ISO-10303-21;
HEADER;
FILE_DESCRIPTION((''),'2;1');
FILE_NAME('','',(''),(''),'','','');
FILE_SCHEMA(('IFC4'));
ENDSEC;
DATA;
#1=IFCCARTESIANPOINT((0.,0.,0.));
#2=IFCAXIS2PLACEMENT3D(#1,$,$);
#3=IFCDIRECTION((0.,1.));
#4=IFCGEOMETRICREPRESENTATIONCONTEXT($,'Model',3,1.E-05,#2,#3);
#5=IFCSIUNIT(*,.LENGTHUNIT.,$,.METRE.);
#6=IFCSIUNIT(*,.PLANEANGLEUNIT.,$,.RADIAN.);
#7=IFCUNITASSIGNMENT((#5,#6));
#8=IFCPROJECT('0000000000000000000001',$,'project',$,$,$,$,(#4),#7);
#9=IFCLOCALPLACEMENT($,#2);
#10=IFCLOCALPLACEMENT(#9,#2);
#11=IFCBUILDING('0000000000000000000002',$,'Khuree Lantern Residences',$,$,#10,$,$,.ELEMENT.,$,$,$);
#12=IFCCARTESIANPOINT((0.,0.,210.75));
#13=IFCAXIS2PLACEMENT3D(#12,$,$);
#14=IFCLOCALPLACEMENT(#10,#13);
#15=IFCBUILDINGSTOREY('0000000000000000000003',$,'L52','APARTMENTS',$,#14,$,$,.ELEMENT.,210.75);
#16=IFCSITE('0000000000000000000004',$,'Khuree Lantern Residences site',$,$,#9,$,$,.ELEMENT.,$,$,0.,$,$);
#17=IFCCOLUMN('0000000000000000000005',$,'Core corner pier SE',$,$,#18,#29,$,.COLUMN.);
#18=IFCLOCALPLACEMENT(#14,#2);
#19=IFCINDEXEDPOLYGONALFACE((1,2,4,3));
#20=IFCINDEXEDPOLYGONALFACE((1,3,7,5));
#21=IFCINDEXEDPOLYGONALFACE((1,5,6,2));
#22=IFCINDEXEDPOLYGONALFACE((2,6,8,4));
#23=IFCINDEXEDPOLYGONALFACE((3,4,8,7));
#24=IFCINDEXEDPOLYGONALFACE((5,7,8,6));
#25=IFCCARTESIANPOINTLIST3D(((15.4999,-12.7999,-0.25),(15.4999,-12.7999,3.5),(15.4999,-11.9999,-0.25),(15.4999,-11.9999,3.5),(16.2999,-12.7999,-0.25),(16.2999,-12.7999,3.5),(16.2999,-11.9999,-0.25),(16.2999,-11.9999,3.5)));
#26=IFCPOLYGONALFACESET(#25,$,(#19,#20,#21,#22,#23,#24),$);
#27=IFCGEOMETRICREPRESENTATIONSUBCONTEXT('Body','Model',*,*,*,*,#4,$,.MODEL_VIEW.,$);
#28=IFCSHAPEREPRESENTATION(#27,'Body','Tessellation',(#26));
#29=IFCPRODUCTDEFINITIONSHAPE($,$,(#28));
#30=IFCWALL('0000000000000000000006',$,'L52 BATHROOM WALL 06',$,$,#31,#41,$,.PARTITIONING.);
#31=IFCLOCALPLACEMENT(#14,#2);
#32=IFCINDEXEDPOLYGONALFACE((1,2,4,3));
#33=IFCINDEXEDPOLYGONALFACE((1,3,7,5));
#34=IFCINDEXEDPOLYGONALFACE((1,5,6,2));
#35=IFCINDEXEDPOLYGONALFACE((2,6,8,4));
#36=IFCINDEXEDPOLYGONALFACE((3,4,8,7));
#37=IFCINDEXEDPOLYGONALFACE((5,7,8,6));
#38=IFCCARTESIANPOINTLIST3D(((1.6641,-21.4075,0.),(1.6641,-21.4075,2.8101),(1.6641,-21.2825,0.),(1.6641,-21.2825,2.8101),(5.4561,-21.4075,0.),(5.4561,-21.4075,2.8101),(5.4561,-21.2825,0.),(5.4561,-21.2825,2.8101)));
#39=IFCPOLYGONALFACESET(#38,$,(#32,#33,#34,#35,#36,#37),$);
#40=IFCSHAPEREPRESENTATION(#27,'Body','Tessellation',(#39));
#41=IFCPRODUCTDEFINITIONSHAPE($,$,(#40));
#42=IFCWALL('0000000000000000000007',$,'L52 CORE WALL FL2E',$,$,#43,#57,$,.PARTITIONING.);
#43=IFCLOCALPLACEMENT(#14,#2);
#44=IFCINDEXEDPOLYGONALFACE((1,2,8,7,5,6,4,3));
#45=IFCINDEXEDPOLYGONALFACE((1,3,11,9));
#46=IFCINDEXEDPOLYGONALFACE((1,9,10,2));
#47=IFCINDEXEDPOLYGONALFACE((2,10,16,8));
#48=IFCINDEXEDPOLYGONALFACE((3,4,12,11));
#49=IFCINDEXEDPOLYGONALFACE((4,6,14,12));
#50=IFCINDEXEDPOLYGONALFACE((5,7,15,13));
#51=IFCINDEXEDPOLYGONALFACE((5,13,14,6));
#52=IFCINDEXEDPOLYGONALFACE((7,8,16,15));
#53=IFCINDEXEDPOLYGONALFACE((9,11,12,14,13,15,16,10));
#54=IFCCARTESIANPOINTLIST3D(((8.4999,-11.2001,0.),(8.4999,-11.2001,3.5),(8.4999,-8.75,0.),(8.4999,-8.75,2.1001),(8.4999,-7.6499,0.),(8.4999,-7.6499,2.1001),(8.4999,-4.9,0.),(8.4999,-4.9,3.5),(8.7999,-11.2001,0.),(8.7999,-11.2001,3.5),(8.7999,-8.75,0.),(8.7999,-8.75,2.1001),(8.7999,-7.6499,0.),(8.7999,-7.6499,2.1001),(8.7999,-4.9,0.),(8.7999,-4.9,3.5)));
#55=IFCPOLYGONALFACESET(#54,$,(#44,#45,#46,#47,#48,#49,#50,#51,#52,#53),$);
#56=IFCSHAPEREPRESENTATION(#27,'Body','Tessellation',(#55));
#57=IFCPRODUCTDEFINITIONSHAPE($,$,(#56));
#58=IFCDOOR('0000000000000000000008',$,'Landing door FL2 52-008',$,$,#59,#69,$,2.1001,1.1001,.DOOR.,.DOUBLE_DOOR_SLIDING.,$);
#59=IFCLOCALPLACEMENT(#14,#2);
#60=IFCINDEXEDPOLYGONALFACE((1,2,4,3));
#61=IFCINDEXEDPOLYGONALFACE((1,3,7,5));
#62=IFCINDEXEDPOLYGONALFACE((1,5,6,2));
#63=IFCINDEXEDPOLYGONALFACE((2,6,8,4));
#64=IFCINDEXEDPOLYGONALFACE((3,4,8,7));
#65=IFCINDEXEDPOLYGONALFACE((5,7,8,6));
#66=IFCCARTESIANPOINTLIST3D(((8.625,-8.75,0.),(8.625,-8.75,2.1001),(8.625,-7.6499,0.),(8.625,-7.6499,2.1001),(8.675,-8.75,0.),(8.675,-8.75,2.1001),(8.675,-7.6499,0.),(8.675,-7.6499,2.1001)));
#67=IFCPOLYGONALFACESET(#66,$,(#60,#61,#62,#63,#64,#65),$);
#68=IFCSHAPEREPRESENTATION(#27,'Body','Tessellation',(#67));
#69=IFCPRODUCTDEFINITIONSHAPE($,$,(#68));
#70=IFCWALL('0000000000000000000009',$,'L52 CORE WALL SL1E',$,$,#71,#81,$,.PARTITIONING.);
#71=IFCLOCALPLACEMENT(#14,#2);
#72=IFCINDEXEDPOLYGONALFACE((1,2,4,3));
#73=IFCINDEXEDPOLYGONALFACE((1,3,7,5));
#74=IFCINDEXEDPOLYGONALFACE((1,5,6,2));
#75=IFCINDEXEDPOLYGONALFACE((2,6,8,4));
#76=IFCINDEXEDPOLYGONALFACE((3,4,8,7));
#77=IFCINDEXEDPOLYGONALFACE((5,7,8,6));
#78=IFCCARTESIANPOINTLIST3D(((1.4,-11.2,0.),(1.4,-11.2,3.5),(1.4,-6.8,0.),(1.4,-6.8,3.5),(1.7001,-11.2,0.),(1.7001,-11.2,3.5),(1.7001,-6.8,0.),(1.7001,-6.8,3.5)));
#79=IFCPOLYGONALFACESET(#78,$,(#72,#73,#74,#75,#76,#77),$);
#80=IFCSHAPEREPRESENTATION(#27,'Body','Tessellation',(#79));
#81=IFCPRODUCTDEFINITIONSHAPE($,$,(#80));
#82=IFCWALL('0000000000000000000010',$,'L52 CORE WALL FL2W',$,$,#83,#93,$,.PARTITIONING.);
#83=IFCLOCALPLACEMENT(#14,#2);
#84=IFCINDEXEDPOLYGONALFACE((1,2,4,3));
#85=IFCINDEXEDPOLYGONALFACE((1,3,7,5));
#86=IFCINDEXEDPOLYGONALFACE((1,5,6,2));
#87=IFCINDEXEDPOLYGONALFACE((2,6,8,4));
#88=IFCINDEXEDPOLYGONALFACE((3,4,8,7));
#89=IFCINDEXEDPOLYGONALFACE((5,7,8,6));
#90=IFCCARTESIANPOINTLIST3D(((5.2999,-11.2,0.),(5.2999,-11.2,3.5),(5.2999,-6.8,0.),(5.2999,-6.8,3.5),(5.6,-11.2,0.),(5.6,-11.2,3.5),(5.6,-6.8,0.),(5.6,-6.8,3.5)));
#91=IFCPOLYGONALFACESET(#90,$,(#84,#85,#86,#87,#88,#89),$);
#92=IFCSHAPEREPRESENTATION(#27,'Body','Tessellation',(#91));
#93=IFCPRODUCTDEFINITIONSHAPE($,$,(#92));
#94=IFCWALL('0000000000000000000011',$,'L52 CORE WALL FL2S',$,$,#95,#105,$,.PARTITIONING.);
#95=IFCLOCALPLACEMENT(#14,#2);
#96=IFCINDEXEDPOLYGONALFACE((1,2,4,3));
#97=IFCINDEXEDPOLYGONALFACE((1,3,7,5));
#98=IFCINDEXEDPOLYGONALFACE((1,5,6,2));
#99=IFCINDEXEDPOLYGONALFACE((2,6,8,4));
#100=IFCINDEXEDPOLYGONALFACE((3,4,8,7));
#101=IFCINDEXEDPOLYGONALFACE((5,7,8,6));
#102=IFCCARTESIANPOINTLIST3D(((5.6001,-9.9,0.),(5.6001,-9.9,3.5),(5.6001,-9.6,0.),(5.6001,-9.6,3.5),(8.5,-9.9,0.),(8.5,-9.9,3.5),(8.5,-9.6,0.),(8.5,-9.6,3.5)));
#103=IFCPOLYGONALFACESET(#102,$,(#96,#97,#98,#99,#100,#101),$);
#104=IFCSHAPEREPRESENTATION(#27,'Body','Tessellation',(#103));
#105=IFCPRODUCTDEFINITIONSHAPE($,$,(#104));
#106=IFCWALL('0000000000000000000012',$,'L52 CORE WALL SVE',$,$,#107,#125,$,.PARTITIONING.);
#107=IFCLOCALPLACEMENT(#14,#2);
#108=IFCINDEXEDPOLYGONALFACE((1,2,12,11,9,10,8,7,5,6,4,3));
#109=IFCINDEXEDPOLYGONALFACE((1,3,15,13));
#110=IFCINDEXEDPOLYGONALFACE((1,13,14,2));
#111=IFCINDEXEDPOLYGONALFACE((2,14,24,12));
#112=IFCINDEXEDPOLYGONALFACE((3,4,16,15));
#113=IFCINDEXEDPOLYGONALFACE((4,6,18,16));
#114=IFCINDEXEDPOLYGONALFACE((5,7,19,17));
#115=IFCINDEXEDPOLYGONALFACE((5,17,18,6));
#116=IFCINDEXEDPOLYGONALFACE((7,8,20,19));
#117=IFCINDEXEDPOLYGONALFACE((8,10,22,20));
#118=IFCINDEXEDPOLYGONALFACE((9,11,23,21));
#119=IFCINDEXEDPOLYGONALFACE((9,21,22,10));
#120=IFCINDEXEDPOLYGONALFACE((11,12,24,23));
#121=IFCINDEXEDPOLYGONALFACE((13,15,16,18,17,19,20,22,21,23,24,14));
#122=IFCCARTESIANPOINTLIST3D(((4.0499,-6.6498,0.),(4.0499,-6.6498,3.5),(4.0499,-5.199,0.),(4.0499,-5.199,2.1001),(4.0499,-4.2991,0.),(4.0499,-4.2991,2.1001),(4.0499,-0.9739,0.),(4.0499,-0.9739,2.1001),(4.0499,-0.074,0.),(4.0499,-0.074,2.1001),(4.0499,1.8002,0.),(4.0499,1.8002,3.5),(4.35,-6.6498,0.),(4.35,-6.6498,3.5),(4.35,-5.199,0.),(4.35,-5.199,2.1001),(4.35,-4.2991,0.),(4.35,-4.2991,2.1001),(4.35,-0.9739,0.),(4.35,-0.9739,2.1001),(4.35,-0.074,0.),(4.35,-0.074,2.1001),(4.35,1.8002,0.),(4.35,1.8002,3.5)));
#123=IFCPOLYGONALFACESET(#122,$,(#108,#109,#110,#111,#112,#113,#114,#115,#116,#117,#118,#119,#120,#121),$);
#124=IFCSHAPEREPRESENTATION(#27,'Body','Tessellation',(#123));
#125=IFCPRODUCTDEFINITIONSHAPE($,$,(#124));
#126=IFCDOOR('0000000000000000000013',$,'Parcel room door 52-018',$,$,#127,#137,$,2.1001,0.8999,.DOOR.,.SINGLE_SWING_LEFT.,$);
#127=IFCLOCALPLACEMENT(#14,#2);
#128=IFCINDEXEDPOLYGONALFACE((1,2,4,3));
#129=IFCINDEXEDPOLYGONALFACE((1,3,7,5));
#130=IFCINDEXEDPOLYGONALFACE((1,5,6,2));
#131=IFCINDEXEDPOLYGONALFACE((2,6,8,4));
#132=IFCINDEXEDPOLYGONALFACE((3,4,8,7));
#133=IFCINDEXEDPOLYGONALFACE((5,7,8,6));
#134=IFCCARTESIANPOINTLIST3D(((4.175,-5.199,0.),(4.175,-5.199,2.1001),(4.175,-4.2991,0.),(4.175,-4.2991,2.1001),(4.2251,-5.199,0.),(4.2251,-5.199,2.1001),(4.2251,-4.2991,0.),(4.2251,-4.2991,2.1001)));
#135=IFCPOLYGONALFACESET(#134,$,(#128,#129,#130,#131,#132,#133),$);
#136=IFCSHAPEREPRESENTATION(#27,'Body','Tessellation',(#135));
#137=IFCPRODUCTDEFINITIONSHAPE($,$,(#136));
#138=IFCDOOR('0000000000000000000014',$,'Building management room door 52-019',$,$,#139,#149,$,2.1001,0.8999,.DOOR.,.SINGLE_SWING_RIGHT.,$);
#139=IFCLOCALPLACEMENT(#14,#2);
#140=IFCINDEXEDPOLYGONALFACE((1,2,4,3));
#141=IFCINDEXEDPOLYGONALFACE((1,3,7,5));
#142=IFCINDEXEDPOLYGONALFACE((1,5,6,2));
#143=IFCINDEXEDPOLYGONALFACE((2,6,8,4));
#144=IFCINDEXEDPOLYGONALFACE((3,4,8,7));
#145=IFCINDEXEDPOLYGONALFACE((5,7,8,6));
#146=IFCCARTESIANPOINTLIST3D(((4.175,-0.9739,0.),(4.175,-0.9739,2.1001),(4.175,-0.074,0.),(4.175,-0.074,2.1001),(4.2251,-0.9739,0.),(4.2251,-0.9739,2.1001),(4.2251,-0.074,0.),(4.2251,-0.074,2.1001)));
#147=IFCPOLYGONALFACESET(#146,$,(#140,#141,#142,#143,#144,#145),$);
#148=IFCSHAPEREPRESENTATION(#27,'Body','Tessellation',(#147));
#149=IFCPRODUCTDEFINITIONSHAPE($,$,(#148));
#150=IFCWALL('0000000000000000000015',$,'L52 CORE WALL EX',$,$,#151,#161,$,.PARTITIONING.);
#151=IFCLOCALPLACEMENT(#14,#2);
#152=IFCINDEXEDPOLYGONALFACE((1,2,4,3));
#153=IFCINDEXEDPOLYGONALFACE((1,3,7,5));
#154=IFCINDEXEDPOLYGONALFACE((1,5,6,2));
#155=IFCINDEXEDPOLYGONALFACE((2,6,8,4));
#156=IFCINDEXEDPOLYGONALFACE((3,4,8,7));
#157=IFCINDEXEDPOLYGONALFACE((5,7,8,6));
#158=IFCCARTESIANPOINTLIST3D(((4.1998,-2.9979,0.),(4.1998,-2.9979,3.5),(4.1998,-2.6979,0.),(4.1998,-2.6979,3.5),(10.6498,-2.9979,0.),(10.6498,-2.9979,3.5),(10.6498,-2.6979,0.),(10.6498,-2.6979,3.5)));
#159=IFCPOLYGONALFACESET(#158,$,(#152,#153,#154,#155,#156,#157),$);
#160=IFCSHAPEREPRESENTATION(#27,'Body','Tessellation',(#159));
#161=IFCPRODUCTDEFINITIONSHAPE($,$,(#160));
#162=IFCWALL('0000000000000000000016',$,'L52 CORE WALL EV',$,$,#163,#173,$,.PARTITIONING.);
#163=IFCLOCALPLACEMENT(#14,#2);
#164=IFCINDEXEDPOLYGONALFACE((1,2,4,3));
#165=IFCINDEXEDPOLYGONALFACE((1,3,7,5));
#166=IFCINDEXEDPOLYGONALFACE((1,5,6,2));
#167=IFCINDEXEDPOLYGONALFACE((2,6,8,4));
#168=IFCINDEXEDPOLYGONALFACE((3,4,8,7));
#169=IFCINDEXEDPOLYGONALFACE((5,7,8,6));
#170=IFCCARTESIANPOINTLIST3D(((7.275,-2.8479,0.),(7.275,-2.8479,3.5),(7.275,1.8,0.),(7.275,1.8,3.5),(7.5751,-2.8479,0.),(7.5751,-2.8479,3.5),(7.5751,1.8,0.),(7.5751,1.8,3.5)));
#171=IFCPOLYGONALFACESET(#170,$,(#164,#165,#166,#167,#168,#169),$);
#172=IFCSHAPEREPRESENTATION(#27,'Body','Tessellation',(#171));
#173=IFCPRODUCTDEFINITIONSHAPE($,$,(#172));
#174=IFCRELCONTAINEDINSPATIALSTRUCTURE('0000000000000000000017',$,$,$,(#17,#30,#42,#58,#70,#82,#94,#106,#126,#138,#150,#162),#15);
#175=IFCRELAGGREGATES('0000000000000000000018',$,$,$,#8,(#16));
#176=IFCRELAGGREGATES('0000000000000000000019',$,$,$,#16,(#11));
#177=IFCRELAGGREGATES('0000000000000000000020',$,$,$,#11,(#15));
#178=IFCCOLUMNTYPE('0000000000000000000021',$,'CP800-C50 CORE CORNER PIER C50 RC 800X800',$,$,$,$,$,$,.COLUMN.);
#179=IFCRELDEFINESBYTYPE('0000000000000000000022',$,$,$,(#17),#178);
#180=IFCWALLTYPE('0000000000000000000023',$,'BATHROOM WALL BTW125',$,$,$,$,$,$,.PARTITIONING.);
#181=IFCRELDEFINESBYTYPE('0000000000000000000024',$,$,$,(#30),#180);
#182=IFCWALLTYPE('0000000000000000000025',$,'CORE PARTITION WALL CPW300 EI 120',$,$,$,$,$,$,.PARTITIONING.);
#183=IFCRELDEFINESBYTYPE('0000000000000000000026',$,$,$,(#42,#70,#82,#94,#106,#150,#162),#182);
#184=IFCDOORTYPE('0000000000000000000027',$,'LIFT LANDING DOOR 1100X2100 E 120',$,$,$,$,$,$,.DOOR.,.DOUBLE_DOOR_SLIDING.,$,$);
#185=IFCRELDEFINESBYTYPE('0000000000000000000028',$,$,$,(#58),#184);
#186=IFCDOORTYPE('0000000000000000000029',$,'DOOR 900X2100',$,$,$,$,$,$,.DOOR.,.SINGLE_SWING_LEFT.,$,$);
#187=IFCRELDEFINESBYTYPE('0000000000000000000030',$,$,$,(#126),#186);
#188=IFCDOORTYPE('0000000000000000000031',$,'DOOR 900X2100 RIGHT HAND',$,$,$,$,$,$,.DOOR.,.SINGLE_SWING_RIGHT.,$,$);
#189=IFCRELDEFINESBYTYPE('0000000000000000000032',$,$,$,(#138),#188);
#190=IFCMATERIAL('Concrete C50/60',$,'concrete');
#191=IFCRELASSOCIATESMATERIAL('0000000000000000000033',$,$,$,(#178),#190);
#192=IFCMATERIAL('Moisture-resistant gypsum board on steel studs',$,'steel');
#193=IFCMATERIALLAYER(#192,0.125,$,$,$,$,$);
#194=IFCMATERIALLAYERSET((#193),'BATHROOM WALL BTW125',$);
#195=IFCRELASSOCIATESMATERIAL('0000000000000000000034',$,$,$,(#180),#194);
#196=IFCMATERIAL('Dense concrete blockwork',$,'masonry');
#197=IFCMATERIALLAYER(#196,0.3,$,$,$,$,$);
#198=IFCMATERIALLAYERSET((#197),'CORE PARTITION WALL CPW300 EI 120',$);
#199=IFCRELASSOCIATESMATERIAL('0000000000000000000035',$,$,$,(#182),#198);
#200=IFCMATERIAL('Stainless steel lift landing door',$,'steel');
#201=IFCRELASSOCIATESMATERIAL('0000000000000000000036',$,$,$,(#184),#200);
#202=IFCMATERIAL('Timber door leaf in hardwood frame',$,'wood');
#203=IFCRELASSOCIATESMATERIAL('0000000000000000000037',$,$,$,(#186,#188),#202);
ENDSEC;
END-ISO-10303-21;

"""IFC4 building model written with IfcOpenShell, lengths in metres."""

from ifc_helpers import new_model, si_unit, direction, frame, frame_2d, origin, origin_2d, place, context, subcontext, project, spatial, rectangle, extrude, material, layer, layer_set, material_profile, profile_set, type_object, element, fill, save


model = new_model("IFC4")

# Units and contexts
model_context = context("Model", 3, precision=1e-05, world=origin(), true_north=direction((0.0, 1.0)))
body_context = subcontext(model_context, "Body", "Model", "MODEL_VIEW")
ifc_project = project(units=[si_unit("LENGTHUNIT", "METRE"), si_unit("PLANEANGLEUNIT", "RADIAN")], contexts=[model_context])

# Site, building, storey
site_placement = place(None, origin())
site = spatial("IfcSite", under=ifc_project, at=site_placement, Name="Khuree Lantern Residences site", CompositionType="ELEMENT", RefElevation=0.0)
building_placement = place(site_placement, origin())
building = spatial("IfcBuilding", under=site, at=building_placement, Name="Khuree Lantern Residences", CompositionType="ELEMENT")
storey_placement = place(building_placement, frame((0.0, 0.0, 210.75)))
storey = spatial("IfcBuildingStorey", under=building, at=storey_placement, Name="L52", Description="APARTMENTS", CompositionType="ELEMENT", Elevation=210.75)

# Column
ifc_material_1 = material(Name="Concrete C50/60", Category="concrete")
ifc_material_profile = material_profile(ifc_material_1, rectangle(XDim=0.8, YDim=0.8, at=origin_2d()), Name="RC 800X800")
ifc_profile_set = profile_set([ifc_material_profile], Name="Concrete C50/60")
column_type = type_object("IfcColumnType", Name="CP800-C50 CORE CORNER PIER C50 RC 800X800", PredefinedType="COLUMN", material=ifc_profile_set)
column_placement = place(storey_placement, frame((15.8999, -12.3999, -0.25), z_axis=(0.0, 0.0, 1.0), x_axis=(1.0, 0.0, 0.0)))
element("IfcColumn", 1, at=column_placement, inside=storey, type_object=column_type, Name="Core corner pier SE", PredefinedType="COLUMN", context=body_context, shape_type="SweptSolid", body=[
    extrude(rectangle(XDim=0.8, YDim=0.8, at=origin_2d()), origin(), (0.0, 0.0, 1.0), 3.75),
])

# Wall
ifc_material_2 = material(Name="Moisture-resistant gypsum board on steel studs", Category="steel")
ifc_layer_1 = layer(ifc_material_2, 0.125)
ifc_layer_set_1 = layer_set([ifc_layer_1], Name="BATHROOM WALL BTW125")
wall_type_1 = type_object("IfcWallType", Name="BATHROOM WALL BTW125", PredefinedType="PARTITIONING", material=ifc_layer_set_1)
wall_1_placement = place(storey_placement, frame((1.6641, -21.345, 0.0), z_axis=(0.0, 0.0, 1.0), x_axis=(1.0, 0.0, 0.0)))
element("IfcWall", 2, at=wall_1_placement, inside=storey, type_object=wall_type_1, Name="L52 BATHROOM WALL 06", PredefinedType="PARTITIONING", context=body_context, shape_type="SweptSolid", body=[
    extrude(rectangle(XDim=3.792, YDim=0.125, at=frame_2d((1.896, 0.0))), origin(), (0.0, 0.0, 1.0), 2.8101),
])

# Wall, opening, door
ifc_material_3 = material(Name="Dense concrete blockwork", Category="masonry")
ifc_layer_2 = layer(ifc_material_3, 0.3)
ifc_layer_set_2 = layer_set([ifc_layer_2], Name="CORE PARTITION WALL CPW300 EI 120")
wall_type_2 = type_object("IfcWallType", Name="CORE PARTITION WALL CPW300 EI 120", PredefinedType="PARTITIONING", material=ifc_layer_set_2)
wall_2_placement = place(storey_placement, frame((8.6499, -11.2, 0.0), z_axis=(0.0, 0.0, 1.0), x_axis=(0.0, 1.0, 0.0)))
wall_2 = element("IfcWall", 3, at=wall_2_placement, inside=storey, type_object=wall_type_2, Name="L52 CORE WALL FL2E", PredefinedType="PARTITIONING", context=body_context, shape_type="SweptSolid", body=[
    extrude(rectangle(XDim=6.3, YDim=0.3, at=frame_2d((3.1499, 0.0))), origin(), (0.0, 0.0, 1.0), 3.5),
])
opening_1_placement = place(wall_2_placement, frame((2.45, 0.0, 0.0)))
opening_1 = element("IfcOpeningElement", 4, at=opening_1_placement, cuts=wall_2, PredefinedType="OPENING", context=body_context, shape_type="SweptSolid", body=[
    extrude(rectangle(XDim=1.1001, YDim=2.1001, at=frame_2d((0.55, 1.05))), frame((0.0, 0.1602, 0.0), z_axis=(0.0, -1.0, 0.0), x_axis=(1.0, 0.0, 0.0)), (0.0, 0.0, 1.0), 0.3201),
])
ifc_material_4 = material(Name="Stainless steel lift landing door", Category="steel")
door_type_1 = type_object("IfcDoorType", Name="LIFT LANDING DOOR 1100X2100 E 120", OperationType="DOUBLE_DOOR_SLIDING", PredefinedType="DOOR", material=ifc_material_4)
door_1_placement = place(opening_1_placement, origin())
door_1 = element("IfcDoor", 5, at=door_1_placement, inside=storey, type_object=door_type_1, Name="Landing door FL2 52-008", OperationType="DOUBLE_DOOR_SLIDING", OverallHeight=2.1001, OverallWidth=1.1001, PredefinedType="DOOR", context=body_context, shape_type="SweptSolid", body=[
    extrude(rectangle(XDim=1.1001, YDim=2.1001, at=frame_2d((0.55, 1.05))), frame((0.0, 0.0249, 0.0), z_axis=(0.0, -1.0, 0.0), x_axis=(1.0, 0.0, 0.0)), (0.0, 0.0, 1.0), 0.05),
])
fill(opening_1, door_1)

# Walls
for number, where, z_axis, x_axis, name in (
    (6, (1.55, -11.2, 0.0), (0.0, 0.0, 1.0), (0.0, 1.0, 0.0), "L52 CORE WALL SL1E"),
    (7, (5.45, -11.2, 0.0), (0.0, 0.0, 1.0), (0.0, 1.0, 0.0), "L52 CORE WALL FL2W"),
):
    element("IfcWall", number, at=place(storey_placement, frame(where, z_axis=z_axis, x_axis=x_axis)), inside=storey, type_object=wall_type_2, Name=name, PredefinedType="PARTITIONING", context=body_context, shape_type="SweptSolid", body=[
        extrude(rectangle(XDim=4.3999, YDim=0.3, at=frame_2d((2.2, 0.0))), origin(), (0.0, 0.0, 1.0), 3.5),
    ])
wall_3_placement = place(storey_placement, frame((5.6001, -9.75, 0.0), z_axis=(0.0, 0.0, 1.0), x_axis=(1.0, 0.0, 0.0)))
element("IfcWall", 8, at=wall_3_placement, inside=storey, type_object=wall_type_2, Name="L52 CORE WALL FL2S", PredefinedType="PARTITIONING", context=body_context, shape_type="SweptSolid", body=[
    extrude(rectangle(XDim=2.8999, YDim=0.3, at=frame_2d((1.45, 0.0))), origin(), (0.0, 0.0, 1.0), 3.5),
])

# Wall, openings, doors
wall_4_placement = place(storey_placement, frame((4.2, -6.6499, 0.0), z_axis=(0.0, 0.0, 1.0), x_axis=(0.0, 1.0, 0.0)))
wall_4 = element("IfcWall", 9, at=wall_4_placement, inside=storey, type_object=wall_type_2, Name="L52 CORE WALL SVE", PredefinedType="PARTITIONING", context=body_context, shape_type="SweptSolid", body=[
    extrude(rectangle(XDim=8.45, YDim=0.3, at=frame_2d((4.2251, 0.0))), origin(), (0.0, 0.0, 1.0), 3.5),
])
opening_2_placement = place(wall_4_placement, frame((1.4509, 0.0, 0.0)))
opening_2 = element("IfcOpeningElement", 10, at=opening_2_placement, cuts=wall_4, PredefinedType="OPENING", context=body_context, shape_type="SweptSolid", body=[
    extrude(rectangle(XDim=0.8999, YDim=2.1001, at=frame_2d((0.45, 1.05))), frame((0.0, 0.1602, 0.0), z_axis=(0.0, -1.0, 0.0), x_axis=(1.0, 0.0, 0.0)), (0.0, 0.0, 1.0), 0.3201),
])
opening_3_placement = place(wall_4_placement, frame((5.676, 0.0, 0.0)))
opening_3 = element("IfcOpeningElement", 11, at=opening_3_placement, cuts=wall_4, PredefinedType="OPENING", context=body_context, shape_type="SweptSolid", body=[
    extrude(rectangle(XDim=0.8999, YDim=2.1001, at=frame_2d((0.45, 1.05))), frame((0.0, 0.1602, 0.0), z_axis=(0.0, -1.0, 0.0), x_axis=(1.0, 0.0, 0.0)), (0.0, 0.0, 1.0), 0.3201),
])
ifc_material_5 = material(Name="Timber door leaf in hardwood frame", Category="wood")
door_type_2 = type_object("IfcDoorType", Name="DOOR 900X2100", OperationType="SINGLE_SWING_LEFT", PredefinedType="DOOR", material=ifc_material_5)
door_2_placement = place(opening_2_placement, origin())
door_2 = element("IfcDoor", 12, at=door_2_placement, inside=storey, type_object=door_type_2, Name="Parcel room door 52-018", OperationType="SINGLE_SWING_LEFT", OverallHeight=2.1001, OverallWidth=0.8999, PredefinedType="DOOR", context=body_context, shape_type="SweptSolid", body=[
    extrude(rectangle(XDim=0.8999, YDim=2.1001, at=frame_2d((0.45, 1.05))), frame((0.0, 0.0249, 0.0), z_axis=(0.0, -1.0, 0.0), x_axis=(1.0, 0.0, 0.0)), (0.0, 0.0, 1.0), 0.05),
])
fill(opening_2, door_2)
door_type_3 = type_object("IfcDoorType", Name="DOOR 900X2100 RIGHT HAND", OperationType="SINGLE_SWING_RIGHT", PredefinedType="DOOR", material=ifc_material_5)
door_3_placement = place(opening_3_placement, origin())
door_3 = element("IfcDoor", 13, at=door_3_placement, inside=storey, type_object=door_type_3, Name="Building management room door 52-019", OperationType="SINGLE_SWING_RIGHT", OverallHeight=2.1001, OverallWidth=0.8999, PredefinedType="DOOR", context=body_context, shape_type="SweptSolid", body=[
    extrude(rectangle(XDim=0.8999, YDim=2.1001, at=frame_2d((0.45, 1.05))), frame((0.0, 0.0249, 0.0), z_axis=(0.0, -1.0, 0.0), x_axis=(1.0, 0.0, 0.0)), (0.0, 0.0, 1.0), 0.05),
])
fill(opening_3, door_3)

# Walls
wall_5_placement = place(storey_placement, frame((10.6499, -2.8479, 0.0), z_axis=(0.0, 0.0, 1.0), x_axis=(-1.0, 0.0, 0.0)))
element("IfcWall", 14, at=wall_5_placement, inside=storey, type_object=wall_type_2, Name="L52 CORE WALL EX", PredefinedType="PARTITIONING", context=body_context, shape_type="SweptSolid", body=[
    extrude(rectangle(XDim=6.45, YDim=0.3, at=frame_2d((3.2251, 0.0))), origin(), (0.0, 0.0, 1.0), 3.5),
])
wall_6_placement = place(storey_placement, frame((7.425, -2.8479, 0.0), z_axis=(0.0, 0.0, 1.0), x_axis=(0.0, 1.0, 0.0)))
element("IfcWall", 15, at=wall_6_placement, inside=storey, type_object=wall_type_2, Name="L52 CORE WALL EV", PredefinedType="PARTITIONING", context=body_context, shape_type="SweptSolid", body=[
    extrude(rectangle(XDim=4.6479, YDim=0.3, at=frame_2d((2.324, 0.0))), origin(), (0.0, 0.0, 1.0), 3.5),
])

save(model, "model.ifc")
